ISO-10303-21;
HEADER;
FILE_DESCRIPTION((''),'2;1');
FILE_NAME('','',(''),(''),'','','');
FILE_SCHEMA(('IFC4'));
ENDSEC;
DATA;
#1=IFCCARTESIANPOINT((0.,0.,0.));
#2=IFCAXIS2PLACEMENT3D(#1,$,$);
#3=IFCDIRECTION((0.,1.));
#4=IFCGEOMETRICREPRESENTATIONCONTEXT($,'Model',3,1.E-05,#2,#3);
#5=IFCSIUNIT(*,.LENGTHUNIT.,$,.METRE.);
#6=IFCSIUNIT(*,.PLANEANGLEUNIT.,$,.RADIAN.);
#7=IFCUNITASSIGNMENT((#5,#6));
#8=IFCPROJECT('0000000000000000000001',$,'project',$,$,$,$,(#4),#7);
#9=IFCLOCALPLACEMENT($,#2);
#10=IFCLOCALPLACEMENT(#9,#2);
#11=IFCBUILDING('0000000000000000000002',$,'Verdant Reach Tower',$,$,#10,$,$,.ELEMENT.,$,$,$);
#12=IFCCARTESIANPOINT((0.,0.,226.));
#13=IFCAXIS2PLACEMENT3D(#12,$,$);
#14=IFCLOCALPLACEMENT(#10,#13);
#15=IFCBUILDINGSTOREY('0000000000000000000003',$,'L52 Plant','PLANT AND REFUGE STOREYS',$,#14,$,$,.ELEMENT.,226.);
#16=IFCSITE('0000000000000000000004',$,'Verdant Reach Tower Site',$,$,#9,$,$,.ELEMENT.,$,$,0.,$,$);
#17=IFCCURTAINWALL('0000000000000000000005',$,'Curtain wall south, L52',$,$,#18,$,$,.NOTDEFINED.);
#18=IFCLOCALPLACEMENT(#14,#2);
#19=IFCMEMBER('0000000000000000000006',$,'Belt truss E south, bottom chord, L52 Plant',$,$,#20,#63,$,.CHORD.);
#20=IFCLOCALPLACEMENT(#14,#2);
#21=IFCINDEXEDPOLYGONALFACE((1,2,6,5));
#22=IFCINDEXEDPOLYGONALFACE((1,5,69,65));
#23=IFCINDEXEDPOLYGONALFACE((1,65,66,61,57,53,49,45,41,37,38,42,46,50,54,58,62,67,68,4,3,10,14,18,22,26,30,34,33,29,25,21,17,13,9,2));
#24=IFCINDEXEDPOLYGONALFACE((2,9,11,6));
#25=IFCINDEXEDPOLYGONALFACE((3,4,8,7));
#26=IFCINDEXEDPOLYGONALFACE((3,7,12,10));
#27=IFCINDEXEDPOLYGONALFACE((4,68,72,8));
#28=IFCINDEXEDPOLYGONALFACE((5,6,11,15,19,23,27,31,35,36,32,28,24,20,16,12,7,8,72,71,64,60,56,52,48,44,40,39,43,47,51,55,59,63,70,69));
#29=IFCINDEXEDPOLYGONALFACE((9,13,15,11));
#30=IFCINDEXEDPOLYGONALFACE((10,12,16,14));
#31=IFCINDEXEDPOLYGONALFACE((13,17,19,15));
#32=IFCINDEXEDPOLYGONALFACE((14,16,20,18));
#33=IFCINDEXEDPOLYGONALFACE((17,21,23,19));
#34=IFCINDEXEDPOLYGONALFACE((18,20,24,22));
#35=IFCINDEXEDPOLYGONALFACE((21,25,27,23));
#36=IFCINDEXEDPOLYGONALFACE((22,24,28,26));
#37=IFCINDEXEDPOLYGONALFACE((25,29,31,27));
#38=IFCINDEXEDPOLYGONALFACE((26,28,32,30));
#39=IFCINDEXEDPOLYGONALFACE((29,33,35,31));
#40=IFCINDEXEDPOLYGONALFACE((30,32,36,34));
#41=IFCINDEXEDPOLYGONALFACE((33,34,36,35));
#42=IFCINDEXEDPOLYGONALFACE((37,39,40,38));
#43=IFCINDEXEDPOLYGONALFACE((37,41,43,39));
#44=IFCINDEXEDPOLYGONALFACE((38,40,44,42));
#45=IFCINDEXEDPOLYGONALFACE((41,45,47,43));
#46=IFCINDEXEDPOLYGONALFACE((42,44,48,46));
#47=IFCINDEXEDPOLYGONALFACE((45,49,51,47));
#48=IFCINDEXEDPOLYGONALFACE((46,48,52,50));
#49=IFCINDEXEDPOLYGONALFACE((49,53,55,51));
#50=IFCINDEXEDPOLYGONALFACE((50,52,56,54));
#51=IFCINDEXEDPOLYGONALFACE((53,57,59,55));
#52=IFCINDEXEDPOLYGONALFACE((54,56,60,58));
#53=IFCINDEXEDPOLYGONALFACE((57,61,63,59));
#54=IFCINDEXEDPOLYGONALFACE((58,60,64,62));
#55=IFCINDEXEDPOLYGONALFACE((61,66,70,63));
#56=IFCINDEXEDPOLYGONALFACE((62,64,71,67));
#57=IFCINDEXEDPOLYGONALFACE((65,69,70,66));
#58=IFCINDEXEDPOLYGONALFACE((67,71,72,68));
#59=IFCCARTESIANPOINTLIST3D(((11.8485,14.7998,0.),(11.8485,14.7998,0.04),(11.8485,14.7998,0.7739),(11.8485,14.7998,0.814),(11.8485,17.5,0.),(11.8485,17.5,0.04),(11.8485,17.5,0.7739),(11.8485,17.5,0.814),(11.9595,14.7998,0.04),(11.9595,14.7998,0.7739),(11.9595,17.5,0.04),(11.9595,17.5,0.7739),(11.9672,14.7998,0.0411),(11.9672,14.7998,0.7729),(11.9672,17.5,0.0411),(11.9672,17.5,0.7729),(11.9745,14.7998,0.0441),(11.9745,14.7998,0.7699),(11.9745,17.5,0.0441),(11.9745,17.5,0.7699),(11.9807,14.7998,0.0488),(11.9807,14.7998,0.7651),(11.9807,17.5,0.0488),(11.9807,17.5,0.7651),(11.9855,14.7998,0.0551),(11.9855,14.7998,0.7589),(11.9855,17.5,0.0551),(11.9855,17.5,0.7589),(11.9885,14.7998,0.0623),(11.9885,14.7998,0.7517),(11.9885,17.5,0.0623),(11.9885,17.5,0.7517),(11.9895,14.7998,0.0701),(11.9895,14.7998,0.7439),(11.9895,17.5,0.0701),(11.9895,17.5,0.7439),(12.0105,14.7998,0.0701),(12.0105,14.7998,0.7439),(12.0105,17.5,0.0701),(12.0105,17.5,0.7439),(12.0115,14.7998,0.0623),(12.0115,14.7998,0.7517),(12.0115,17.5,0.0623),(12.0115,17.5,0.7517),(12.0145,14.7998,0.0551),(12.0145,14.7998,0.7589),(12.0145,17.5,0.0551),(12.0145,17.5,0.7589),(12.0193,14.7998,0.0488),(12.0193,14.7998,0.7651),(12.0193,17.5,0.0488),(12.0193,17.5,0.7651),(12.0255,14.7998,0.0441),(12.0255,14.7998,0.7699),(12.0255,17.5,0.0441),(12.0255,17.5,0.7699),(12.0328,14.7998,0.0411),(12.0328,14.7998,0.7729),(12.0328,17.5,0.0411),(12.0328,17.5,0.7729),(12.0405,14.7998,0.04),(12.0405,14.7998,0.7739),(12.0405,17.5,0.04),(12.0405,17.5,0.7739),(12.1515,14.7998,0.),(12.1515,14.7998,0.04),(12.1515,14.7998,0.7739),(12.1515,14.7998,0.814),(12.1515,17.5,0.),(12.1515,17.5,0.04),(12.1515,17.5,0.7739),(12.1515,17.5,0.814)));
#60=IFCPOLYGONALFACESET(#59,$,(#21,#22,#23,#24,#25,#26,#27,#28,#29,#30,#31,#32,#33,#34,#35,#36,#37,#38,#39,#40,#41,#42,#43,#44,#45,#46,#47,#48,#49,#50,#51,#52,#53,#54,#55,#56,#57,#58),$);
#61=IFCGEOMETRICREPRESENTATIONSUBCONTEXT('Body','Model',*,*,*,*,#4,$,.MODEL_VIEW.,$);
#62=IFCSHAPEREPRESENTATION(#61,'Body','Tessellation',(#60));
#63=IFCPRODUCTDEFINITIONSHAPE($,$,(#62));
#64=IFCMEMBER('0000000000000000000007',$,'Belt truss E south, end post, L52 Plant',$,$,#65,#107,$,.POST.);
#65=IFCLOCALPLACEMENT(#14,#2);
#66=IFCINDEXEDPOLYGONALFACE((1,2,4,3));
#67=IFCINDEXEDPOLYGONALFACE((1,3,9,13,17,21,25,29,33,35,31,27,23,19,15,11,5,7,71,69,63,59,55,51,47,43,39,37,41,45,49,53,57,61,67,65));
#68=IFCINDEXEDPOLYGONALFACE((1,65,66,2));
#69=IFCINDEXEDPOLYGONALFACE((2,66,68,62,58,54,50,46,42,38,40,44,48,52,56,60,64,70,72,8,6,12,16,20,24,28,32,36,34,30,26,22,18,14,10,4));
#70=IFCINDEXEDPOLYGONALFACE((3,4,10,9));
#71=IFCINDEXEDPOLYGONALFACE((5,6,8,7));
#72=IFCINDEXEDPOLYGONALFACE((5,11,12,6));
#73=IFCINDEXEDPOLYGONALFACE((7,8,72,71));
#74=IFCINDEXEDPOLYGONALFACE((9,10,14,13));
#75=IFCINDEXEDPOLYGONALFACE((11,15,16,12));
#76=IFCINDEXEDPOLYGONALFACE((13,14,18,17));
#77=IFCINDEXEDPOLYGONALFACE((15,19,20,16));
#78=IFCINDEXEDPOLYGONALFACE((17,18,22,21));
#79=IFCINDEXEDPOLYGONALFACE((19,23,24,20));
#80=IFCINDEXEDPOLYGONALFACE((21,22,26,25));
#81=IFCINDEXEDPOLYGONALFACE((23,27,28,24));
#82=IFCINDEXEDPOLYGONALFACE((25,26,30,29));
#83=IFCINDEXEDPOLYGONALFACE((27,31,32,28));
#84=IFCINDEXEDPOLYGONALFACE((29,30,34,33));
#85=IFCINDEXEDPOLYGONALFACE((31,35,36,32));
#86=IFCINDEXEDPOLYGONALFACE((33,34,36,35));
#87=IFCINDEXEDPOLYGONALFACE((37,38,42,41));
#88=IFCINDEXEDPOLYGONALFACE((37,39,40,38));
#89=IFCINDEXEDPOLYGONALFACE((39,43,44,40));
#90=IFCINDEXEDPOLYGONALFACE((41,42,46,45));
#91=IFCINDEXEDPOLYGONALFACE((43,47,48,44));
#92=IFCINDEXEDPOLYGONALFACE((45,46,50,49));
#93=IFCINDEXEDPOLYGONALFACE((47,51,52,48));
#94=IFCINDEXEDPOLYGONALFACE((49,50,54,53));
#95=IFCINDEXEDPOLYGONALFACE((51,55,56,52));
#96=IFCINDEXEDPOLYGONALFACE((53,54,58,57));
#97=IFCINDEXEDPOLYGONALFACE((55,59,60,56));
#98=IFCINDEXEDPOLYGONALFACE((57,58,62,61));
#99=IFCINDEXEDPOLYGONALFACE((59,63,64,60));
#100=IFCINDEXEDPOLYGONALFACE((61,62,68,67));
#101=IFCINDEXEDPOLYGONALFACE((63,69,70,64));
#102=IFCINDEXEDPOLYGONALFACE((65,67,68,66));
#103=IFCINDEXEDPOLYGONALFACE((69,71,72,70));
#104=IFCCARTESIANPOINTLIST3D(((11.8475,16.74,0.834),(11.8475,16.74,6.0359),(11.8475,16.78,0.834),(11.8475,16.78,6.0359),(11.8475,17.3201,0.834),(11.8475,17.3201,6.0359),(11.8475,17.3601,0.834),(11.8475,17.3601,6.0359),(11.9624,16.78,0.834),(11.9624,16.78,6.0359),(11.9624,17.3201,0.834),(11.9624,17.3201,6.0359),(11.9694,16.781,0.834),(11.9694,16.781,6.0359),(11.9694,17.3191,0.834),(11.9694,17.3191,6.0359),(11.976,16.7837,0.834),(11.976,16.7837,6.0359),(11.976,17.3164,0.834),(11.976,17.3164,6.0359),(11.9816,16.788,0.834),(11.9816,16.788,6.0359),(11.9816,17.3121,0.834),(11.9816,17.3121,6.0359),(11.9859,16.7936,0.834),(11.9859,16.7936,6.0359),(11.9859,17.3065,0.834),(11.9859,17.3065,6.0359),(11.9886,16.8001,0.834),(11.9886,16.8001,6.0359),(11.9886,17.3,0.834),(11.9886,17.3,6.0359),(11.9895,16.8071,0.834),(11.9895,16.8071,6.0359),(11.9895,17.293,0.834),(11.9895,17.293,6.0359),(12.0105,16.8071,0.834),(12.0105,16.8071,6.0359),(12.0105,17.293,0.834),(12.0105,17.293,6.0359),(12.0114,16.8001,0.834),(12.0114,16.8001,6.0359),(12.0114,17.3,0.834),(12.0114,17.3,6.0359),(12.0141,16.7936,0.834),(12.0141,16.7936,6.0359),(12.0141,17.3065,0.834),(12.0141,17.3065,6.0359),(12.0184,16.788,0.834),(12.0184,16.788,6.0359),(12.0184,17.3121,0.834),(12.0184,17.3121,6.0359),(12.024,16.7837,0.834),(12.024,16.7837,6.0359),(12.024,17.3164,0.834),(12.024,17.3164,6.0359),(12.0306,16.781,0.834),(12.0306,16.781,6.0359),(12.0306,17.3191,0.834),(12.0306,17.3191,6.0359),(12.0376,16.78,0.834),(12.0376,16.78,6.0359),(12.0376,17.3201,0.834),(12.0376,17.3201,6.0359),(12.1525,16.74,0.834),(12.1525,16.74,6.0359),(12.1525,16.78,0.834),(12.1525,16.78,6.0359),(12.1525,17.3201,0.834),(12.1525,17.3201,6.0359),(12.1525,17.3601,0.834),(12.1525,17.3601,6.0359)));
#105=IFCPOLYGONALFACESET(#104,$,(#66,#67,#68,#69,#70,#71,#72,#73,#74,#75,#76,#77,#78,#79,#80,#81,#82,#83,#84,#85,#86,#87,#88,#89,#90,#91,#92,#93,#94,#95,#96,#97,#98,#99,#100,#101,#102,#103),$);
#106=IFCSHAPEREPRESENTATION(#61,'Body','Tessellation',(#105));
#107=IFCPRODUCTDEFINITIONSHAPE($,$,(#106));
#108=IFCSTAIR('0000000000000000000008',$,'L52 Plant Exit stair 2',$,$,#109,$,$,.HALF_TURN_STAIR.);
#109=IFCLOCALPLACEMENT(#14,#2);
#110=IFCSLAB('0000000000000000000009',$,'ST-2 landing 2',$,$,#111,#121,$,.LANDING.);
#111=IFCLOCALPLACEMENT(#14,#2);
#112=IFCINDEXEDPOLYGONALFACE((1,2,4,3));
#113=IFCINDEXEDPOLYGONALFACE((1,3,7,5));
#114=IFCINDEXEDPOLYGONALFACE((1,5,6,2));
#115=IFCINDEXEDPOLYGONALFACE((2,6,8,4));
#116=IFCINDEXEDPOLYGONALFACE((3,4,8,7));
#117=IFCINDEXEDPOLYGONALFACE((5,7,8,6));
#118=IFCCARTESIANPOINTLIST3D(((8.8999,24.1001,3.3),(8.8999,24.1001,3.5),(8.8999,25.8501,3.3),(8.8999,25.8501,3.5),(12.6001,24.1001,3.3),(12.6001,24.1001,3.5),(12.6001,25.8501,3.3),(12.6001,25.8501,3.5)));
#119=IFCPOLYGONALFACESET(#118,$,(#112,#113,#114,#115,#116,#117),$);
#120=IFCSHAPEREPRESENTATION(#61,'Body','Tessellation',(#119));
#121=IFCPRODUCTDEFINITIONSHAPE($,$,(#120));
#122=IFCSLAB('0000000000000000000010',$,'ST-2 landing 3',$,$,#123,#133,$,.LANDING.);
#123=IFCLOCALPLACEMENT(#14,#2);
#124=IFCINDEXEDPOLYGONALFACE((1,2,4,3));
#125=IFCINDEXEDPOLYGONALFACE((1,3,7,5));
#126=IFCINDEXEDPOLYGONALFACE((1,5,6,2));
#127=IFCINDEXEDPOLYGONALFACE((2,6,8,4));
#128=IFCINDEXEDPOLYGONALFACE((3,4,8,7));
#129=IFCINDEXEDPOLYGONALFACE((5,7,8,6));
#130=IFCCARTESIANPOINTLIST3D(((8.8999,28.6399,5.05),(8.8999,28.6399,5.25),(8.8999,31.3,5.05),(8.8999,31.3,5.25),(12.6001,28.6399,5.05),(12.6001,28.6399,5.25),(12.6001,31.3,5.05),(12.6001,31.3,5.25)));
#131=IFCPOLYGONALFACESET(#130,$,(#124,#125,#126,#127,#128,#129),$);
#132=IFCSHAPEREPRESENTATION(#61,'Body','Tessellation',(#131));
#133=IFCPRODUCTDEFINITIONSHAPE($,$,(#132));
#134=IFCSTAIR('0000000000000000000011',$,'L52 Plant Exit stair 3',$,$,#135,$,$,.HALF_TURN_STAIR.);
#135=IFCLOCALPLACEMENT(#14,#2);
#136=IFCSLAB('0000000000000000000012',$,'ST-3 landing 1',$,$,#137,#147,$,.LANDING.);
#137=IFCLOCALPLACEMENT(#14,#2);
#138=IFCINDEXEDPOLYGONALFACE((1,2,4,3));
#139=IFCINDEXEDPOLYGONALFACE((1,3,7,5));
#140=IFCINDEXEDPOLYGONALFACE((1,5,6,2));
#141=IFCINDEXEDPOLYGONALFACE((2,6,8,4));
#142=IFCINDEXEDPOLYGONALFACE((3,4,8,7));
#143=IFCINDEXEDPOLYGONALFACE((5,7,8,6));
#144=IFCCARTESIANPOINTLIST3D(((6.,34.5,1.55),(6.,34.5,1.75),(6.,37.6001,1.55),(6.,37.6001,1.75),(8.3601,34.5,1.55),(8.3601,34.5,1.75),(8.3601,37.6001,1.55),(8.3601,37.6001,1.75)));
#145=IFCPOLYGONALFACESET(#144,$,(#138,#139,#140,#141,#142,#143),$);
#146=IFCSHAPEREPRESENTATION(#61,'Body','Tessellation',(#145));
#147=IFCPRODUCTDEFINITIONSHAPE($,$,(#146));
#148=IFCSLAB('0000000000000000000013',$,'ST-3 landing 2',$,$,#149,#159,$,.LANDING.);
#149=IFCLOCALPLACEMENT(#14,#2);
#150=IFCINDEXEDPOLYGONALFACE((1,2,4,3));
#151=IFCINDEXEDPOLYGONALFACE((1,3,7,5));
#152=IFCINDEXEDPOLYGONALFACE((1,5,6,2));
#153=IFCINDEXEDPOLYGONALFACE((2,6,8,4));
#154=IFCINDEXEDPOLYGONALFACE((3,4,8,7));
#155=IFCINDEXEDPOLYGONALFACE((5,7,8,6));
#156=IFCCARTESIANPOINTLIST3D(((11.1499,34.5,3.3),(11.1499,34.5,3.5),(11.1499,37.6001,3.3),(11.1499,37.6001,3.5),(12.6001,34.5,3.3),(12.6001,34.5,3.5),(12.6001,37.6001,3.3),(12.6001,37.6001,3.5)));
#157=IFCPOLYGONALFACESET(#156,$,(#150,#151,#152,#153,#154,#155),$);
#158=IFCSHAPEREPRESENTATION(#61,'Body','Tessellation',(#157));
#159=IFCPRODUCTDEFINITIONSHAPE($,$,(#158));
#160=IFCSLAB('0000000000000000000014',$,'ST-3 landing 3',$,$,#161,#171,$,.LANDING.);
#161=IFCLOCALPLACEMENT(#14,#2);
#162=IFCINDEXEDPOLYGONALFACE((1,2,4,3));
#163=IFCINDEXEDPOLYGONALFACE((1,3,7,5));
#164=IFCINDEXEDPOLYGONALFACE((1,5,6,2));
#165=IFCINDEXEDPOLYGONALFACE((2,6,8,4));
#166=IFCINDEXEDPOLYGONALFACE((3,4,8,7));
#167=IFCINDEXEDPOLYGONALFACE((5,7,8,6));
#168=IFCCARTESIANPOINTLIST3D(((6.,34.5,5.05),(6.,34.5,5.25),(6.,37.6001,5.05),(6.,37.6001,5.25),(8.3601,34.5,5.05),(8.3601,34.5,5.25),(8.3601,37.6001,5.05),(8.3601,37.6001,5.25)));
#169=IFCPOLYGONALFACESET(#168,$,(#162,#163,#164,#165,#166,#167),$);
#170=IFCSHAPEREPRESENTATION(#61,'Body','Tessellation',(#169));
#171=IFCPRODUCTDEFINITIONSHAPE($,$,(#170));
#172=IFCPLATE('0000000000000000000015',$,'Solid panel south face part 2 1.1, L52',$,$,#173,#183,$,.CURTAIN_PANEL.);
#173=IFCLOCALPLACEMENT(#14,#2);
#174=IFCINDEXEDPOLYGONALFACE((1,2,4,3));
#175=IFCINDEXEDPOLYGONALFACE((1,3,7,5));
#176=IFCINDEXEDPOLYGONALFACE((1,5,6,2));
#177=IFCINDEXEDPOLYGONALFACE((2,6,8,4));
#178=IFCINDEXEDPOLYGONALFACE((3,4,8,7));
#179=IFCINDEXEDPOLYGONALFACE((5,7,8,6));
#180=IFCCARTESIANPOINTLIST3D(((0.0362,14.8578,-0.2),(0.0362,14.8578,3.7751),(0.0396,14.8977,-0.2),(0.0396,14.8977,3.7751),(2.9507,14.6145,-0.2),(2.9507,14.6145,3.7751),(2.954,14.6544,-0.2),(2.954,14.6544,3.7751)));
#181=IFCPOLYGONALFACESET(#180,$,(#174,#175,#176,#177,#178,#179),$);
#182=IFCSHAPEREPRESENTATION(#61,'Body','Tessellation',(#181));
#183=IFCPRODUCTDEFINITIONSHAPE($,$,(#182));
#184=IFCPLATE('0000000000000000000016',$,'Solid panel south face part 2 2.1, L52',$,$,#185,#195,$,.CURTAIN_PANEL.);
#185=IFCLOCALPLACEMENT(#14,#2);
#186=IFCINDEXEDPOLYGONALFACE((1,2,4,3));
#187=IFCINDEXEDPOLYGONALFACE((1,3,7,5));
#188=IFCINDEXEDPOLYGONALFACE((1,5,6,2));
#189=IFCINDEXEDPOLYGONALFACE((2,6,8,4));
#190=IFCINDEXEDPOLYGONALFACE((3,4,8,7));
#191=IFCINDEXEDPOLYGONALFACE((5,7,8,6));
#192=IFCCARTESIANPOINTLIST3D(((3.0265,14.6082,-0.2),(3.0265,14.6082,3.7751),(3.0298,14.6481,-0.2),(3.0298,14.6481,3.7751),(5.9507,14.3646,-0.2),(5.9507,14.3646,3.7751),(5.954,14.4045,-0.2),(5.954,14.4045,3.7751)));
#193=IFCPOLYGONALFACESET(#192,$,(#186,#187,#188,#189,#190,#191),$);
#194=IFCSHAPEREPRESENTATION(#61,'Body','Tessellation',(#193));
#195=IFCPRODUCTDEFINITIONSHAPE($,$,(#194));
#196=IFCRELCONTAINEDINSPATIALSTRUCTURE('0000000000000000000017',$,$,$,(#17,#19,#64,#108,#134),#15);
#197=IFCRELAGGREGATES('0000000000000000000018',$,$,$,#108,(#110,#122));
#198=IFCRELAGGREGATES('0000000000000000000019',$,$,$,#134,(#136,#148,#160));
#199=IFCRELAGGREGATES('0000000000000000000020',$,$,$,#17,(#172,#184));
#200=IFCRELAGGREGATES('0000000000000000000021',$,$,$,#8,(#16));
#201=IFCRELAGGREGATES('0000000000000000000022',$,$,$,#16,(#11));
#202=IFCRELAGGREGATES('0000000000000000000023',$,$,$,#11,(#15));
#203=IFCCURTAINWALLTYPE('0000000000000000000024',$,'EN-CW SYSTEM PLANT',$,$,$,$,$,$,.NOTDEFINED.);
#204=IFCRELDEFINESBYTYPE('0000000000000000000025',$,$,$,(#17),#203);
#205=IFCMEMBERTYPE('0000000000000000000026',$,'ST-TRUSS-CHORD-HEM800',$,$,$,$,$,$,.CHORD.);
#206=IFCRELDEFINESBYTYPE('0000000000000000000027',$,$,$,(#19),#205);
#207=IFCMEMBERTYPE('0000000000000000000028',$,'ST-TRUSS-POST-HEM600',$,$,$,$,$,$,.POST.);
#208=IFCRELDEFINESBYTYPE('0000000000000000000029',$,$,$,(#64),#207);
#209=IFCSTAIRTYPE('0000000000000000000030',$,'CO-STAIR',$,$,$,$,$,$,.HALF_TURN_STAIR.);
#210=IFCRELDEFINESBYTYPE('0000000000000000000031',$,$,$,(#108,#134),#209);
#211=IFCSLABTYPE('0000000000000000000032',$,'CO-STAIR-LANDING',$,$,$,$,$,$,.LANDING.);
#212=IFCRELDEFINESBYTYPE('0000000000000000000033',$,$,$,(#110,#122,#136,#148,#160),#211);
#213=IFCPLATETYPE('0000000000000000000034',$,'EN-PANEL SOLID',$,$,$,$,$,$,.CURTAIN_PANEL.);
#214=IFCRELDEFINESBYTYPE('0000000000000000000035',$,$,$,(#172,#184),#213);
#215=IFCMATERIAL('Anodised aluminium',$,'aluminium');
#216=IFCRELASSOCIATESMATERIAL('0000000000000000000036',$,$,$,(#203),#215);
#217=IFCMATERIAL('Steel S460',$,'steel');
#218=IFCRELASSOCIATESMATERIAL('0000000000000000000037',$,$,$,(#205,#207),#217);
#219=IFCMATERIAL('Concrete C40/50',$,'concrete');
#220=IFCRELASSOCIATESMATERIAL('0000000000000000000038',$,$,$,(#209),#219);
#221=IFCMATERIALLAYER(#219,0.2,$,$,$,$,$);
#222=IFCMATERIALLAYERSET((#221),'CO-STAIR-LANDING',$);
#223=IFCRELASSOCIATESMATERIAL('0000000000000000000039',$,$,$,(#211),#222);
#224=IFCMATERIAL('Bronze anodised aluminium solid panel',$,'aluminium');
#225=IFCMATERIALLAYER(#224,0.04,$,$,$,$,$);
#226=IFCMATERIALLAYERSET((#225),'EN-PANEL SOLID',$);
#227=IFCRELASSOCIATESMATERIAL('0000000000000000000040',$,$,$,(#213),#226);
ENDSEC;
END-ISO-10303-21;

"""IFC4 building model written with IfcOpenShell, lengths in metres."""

from ifc_helpers import new_model, si_unit, direction, frame, origin, origin_2d, place, context, subcontext, project, spatial, polyline, rectangle, i_section, outline, extrude, material, layer, layer_set, material_profile, profile_set, type_object, element, aggregate, save


model = new_model("IFC4")

# Units and contexts
model_context = context("Model", 3, precision=1e-05, world=origin(), true_north=direction((0.0, 1.0)))
body_context = subcontext(model_context, "Body", "Model", "MODEL_VIEW")
ifc_project = project(units=[si_unit("LENGTHUNIT", "METRE"), si_unit("PLANEANGLEUNIT", "RADIAN")], contexts=[model_context])

# Site, building, storey
site_placement = place(None, origin())
site = spatial("IfcSite", under=ifc_project, at=site_placement, Name="Verdant Reach Tower Site", CompositionType="ELEMENT", RefElevation=0.0)
building_placement = place(site_placement, origin())
building = spatial("IfcBuilding", under=site, at=building_placement, Name="Verdant Reach Tower", CompositionType="ELEMENT")
storey_placement = place(building_placement, frame((0.0, 0.0, 226.0)))
storey = spatial("IfcBuildingStorey", under=building, at=storey_placement, Name="L52 Plant", Description="PLANT AND REFUGE STOREYS", CompositionType="ELEMENT", Elevation=226.0)

# Shared definitions
ifc_material_1 = material(Name="Steel S460", Category="steel")

# Curtain wall
ifc_material_2 = material(Name="Anodised aluminium", Category="aluminium")
curtain_wall_type = type_object("IfcCurtainWallType", Name="EN-CW SYSTEM PLANT", PredefinedType="NOTDEFINED", material=ifc_material_2)
curtain_wall_placement = place(storey_placement, origin())
curtain_wall = element("IfcCurtainWall", 1, at=curtain_wall_placement, inside=storey, type_object=curtain_wall_type, Name="Curtain wall south, L52", PredefinedType="NOTDEFINED")

# Members
ifc_material_profile_1 = material_profile(ifc_material_1, i_section(OverallWidth=0.303, OverallDepth=0.814, WebThickness=0.021, FlangeThickness=0.04, FilletRadius=0.03, at=origin_2d()), Name="HEM 800")
ifc_profile_set_1 = profile_set([ifc_material_profile_1], Name="Steel S460")
member_type_1 = type_object("IfcMemberType", Name="ST-TRUSS-CHORD-HEM800", PredefinedType="CHORD", material=ifc_profile_set_1)
member_1_placement = place(storey_placement, frame((12.0, 17.5, 0.407), z_axis=(0.0, -1.0, 0.0), x_axis=(1.0, 0.0, 0.0)))
element("IfcMember", 2, at=member_1_placement, inside=storey, type_object=member_type_1, Name="Belt truss E south, bottom chord, L52 Plant", PredefinedType="CHORD", context=body_context, shape_type="SweptSolid", body=[
    extrude(i_section(OverallWidth=0.303, OverallDepth=0.814, WebThickness=0.021, FlangeThickness=0.04, FilletRadius=0.03, at=origin_2d()), origin(), (0.0, 0.0, 1.0), 2.7002),
])
ifc_material_profile_2 = material_profile(ifc_material_1, i_section(OverallWidth=0.3049, OverallDepth=0.6201, WebThickness=0.021, FlangeThickness=0.04, FilletRadius=0.0271, at=origin_2d()), Name="HEM 600")
ifc_profile_set_2 = profile_set([ifc_material_profile_2], Name="Steel S460")
member_type_2 = type_object("IfcMemberType", Name="ST-TRUSS-POST-HEM600", PredefinedType="POST", material=ifc_profile_set_2)
member_2_placement = place(storey_placement, frame((12.0, 17.05, 0.834), z_axis=(0.0, 0.0, 1.0), x_axis=(1.0, 0.0, 0.0)))
element("IfcMember", 3, at=member_2_placement, inside=storey, type_object=member_type_2, Name="Belt truss E south, end post, L52 Plant", PredefinedType="POST", context=body_context, shape_type="SweptSolid", body=[
    extrude(i_section(OverallWidth=0.3049, OverallDepth=0.6201, WebThickness=0.021, FlangeThickness=0.04, FilletRadius=0.0271, at=origin_2d()), origin(), (0.0, 0.0, 1.0), 5.2019),
])

# Stairs, slabs
ifc_material_3 = material(Name="Concrete C40/50", Category="concrete")
stair_type = type_object("IfcStairType", Name="CO-STAIR", PredefinedType="HALF_TURN_STAIR", material=ifc_material_3)
stair_1_placement = place(storey_placement, origin())
stair_1 = element("IfcStair", 4, at=stair_1_placement, inside=storey, type_object=stair_type, Name="L52 Plant Exit stair 2", PredefinedType="HALF_TURN_STAIR")
ifc_layer_1 = layer(ifc_material_3, 0.2)
ifc_layer_set_1 = layer_set([ifc_layer_1], Name="CO-STAIR-LANDING")
slab_type = type_object("IfcSlabType", Name="CO-STAIR-LANDING", PredefinedType="LANDING", material=ifc_layer_set_1)
slab_1_placement = place(storey_placement, frame((0.0, 0.0, 3.3)))
slab_1 = element("IfcSlab", 5, at=slab_1_placement, type_object=slab_type, Name="ST-2 landing 2", PredefinedType="LANDING", context=body_context, shape_type="SweptSolid", body=[
    extrude(outline(polyline([(12.6001, 24.1001), (12.6001, 25.8501), (8.8999, 25.8501), (8.8999, 24.1001), (12.6001, 24.1001)])), origin(), (0.0, 0.0, 1.0), 0.2),
])
slab_2_placement = place(storey_placement, frame((0.0, 0.0, 5.05)))
slab_2 = element("IfcSlab", 6, at=slab_2_placement, type_object=slab_type, Name="ST-2 landing 3", PredefinedType="LANDING", context=body_context, shape_type="SweptSolid", body=[
    extrude(outline(polyline([(12.6001, 28.6399), (12.6001, 31.3), (8.8999, 31.3), (8.8999, 28.6399), (12.6001, 28.6399)])), origin(), (0.0, 0.0, 1.0), 0.2),
])
aggregate(stair_1, [slab_1, slab_2])
stair_2_placement = place(storey_placement, origin())
stair_2 = element("IfcStair", 7, at=stair_2_placement, inside=storey, type_object=stair_type, Name="L52 Plant Exit stair 3", PredefinedType="HALF_TURN_STAIR")
slab_3_placement = place(storey_placement, frame((0.0, 0.0, 1.55)))
slab_3 = element("IfcSlab", 8, at=slab_3_placement, type_object=slab_type, Name="ST-3 landing 1", PredefinedType="LANDING", context=body_context, shape_type="SweptSolid", body=[
    extrude(outline(polyline([(8.3601, 37.6001), (6.0, 37.6001), (6.0, 34.5), (8.3601, 34.5), (8.3601, 37.6001)])), origin(), (0.0, 0.0, 1.0), 0.2),
])
slab_4_placement = place(storey_placement, frame((0.0, 0.0, 3.3)))
slab_4 = element("IfcSlab", 9, at=slab_4_placement, type_object=slab_type, Name="ST-3 landing 2", PredefinedType="LANDING", context=body_context, shape_type="SweptSolid", body=[
    extrude(outline(polyline([(12.6001, 37.6001), (11.1499, 37.6001), (11.1499, 34.5), (12.6001, 34.5), (12.6001, 37.6001)])), origin(), (0.0, 0.0, 1.0), 0.2),
])
slab_5_placement = place(storey_placement, frame((0.0, 0.0, 5.05)))
slab_5 = element("IfcSlab", 10, at=slab_5_placement, type_object=slab_type, Name="ST-3 landing 3", PredefinedType="LANDING", context=body_context, shape_type="SweptSolid", body=[
    extrude(outline(polyline([(8.3601, 37.6001), (6.0, 37.6001), (6.0, 34.5), (8.3601, 34.5), (8.3601, 37.6001)])), origin(), (0.0, 0.0, 1.0), 0.2),
])
aggregate(stair_2, [slab_3, slab_4, slab_5])

# Plates
ifc_material_4 = material(Name="Bronze anodised aluminium solid panel", Category="aluminium")
ifc_layer_2 = layer(ifc_material_4, 0.04)
ifc_layer_set_2 = layer_set([ifc_layer_2], Name="EN-PANEL SOLID")
plate_type_1 = type_object("IfcPlateType", Name="EN-PANEL SOLID", PredefinedType="CURTAIN_PANEL", material=ifc_layer_set_2)
plate_1_placement = place(storey_placement, frame((1.4951, 14.7561, -0.2), z_axis=(0.0, 0.0, 1.0), x_axis=(0.996534, -0.083182, 0.0)))
plate_1 = element("IfcPlate", 11, at=plate_1_placement, type_object=plate_type_1, Name="Solid panel south face part 2 1.1, L52", PredefinedType="CURTAIN_PANEL", context=body_context, shape_type="SweptSolid", body=[
    extrude(rectangle(XDim=2.9246, YDim=0.04, at=origin_2d()), origin(), (0.0, 0.0, 1.0), 3.9751),
])
plate_2_placement = place(storey_placement, frame((4.4902, 14.5063, -0.2), z_axis=(0.0, 0.0, 1.0), x_axis=(0.996546, -0.083045, 0.0)))
plate_2 = element("IfcPlate", 12, at=plate_2_placement, type_object=plate_type_1, Name="Solid panel south face part 2 2.1, L52", PredefinedType="CURTAIN_PANEL", context=body_context, shape_type="SweptSolid", body=[
    extrude(rectangle(XDim=2.9343, YDim=0.04, at=origin_2d()), origin(), (0.0, 0.0, 1.0), 3.9751),
])

aggregate(curtain_wall, [plate_1, plate_2])

save(model, "model.ifc")
